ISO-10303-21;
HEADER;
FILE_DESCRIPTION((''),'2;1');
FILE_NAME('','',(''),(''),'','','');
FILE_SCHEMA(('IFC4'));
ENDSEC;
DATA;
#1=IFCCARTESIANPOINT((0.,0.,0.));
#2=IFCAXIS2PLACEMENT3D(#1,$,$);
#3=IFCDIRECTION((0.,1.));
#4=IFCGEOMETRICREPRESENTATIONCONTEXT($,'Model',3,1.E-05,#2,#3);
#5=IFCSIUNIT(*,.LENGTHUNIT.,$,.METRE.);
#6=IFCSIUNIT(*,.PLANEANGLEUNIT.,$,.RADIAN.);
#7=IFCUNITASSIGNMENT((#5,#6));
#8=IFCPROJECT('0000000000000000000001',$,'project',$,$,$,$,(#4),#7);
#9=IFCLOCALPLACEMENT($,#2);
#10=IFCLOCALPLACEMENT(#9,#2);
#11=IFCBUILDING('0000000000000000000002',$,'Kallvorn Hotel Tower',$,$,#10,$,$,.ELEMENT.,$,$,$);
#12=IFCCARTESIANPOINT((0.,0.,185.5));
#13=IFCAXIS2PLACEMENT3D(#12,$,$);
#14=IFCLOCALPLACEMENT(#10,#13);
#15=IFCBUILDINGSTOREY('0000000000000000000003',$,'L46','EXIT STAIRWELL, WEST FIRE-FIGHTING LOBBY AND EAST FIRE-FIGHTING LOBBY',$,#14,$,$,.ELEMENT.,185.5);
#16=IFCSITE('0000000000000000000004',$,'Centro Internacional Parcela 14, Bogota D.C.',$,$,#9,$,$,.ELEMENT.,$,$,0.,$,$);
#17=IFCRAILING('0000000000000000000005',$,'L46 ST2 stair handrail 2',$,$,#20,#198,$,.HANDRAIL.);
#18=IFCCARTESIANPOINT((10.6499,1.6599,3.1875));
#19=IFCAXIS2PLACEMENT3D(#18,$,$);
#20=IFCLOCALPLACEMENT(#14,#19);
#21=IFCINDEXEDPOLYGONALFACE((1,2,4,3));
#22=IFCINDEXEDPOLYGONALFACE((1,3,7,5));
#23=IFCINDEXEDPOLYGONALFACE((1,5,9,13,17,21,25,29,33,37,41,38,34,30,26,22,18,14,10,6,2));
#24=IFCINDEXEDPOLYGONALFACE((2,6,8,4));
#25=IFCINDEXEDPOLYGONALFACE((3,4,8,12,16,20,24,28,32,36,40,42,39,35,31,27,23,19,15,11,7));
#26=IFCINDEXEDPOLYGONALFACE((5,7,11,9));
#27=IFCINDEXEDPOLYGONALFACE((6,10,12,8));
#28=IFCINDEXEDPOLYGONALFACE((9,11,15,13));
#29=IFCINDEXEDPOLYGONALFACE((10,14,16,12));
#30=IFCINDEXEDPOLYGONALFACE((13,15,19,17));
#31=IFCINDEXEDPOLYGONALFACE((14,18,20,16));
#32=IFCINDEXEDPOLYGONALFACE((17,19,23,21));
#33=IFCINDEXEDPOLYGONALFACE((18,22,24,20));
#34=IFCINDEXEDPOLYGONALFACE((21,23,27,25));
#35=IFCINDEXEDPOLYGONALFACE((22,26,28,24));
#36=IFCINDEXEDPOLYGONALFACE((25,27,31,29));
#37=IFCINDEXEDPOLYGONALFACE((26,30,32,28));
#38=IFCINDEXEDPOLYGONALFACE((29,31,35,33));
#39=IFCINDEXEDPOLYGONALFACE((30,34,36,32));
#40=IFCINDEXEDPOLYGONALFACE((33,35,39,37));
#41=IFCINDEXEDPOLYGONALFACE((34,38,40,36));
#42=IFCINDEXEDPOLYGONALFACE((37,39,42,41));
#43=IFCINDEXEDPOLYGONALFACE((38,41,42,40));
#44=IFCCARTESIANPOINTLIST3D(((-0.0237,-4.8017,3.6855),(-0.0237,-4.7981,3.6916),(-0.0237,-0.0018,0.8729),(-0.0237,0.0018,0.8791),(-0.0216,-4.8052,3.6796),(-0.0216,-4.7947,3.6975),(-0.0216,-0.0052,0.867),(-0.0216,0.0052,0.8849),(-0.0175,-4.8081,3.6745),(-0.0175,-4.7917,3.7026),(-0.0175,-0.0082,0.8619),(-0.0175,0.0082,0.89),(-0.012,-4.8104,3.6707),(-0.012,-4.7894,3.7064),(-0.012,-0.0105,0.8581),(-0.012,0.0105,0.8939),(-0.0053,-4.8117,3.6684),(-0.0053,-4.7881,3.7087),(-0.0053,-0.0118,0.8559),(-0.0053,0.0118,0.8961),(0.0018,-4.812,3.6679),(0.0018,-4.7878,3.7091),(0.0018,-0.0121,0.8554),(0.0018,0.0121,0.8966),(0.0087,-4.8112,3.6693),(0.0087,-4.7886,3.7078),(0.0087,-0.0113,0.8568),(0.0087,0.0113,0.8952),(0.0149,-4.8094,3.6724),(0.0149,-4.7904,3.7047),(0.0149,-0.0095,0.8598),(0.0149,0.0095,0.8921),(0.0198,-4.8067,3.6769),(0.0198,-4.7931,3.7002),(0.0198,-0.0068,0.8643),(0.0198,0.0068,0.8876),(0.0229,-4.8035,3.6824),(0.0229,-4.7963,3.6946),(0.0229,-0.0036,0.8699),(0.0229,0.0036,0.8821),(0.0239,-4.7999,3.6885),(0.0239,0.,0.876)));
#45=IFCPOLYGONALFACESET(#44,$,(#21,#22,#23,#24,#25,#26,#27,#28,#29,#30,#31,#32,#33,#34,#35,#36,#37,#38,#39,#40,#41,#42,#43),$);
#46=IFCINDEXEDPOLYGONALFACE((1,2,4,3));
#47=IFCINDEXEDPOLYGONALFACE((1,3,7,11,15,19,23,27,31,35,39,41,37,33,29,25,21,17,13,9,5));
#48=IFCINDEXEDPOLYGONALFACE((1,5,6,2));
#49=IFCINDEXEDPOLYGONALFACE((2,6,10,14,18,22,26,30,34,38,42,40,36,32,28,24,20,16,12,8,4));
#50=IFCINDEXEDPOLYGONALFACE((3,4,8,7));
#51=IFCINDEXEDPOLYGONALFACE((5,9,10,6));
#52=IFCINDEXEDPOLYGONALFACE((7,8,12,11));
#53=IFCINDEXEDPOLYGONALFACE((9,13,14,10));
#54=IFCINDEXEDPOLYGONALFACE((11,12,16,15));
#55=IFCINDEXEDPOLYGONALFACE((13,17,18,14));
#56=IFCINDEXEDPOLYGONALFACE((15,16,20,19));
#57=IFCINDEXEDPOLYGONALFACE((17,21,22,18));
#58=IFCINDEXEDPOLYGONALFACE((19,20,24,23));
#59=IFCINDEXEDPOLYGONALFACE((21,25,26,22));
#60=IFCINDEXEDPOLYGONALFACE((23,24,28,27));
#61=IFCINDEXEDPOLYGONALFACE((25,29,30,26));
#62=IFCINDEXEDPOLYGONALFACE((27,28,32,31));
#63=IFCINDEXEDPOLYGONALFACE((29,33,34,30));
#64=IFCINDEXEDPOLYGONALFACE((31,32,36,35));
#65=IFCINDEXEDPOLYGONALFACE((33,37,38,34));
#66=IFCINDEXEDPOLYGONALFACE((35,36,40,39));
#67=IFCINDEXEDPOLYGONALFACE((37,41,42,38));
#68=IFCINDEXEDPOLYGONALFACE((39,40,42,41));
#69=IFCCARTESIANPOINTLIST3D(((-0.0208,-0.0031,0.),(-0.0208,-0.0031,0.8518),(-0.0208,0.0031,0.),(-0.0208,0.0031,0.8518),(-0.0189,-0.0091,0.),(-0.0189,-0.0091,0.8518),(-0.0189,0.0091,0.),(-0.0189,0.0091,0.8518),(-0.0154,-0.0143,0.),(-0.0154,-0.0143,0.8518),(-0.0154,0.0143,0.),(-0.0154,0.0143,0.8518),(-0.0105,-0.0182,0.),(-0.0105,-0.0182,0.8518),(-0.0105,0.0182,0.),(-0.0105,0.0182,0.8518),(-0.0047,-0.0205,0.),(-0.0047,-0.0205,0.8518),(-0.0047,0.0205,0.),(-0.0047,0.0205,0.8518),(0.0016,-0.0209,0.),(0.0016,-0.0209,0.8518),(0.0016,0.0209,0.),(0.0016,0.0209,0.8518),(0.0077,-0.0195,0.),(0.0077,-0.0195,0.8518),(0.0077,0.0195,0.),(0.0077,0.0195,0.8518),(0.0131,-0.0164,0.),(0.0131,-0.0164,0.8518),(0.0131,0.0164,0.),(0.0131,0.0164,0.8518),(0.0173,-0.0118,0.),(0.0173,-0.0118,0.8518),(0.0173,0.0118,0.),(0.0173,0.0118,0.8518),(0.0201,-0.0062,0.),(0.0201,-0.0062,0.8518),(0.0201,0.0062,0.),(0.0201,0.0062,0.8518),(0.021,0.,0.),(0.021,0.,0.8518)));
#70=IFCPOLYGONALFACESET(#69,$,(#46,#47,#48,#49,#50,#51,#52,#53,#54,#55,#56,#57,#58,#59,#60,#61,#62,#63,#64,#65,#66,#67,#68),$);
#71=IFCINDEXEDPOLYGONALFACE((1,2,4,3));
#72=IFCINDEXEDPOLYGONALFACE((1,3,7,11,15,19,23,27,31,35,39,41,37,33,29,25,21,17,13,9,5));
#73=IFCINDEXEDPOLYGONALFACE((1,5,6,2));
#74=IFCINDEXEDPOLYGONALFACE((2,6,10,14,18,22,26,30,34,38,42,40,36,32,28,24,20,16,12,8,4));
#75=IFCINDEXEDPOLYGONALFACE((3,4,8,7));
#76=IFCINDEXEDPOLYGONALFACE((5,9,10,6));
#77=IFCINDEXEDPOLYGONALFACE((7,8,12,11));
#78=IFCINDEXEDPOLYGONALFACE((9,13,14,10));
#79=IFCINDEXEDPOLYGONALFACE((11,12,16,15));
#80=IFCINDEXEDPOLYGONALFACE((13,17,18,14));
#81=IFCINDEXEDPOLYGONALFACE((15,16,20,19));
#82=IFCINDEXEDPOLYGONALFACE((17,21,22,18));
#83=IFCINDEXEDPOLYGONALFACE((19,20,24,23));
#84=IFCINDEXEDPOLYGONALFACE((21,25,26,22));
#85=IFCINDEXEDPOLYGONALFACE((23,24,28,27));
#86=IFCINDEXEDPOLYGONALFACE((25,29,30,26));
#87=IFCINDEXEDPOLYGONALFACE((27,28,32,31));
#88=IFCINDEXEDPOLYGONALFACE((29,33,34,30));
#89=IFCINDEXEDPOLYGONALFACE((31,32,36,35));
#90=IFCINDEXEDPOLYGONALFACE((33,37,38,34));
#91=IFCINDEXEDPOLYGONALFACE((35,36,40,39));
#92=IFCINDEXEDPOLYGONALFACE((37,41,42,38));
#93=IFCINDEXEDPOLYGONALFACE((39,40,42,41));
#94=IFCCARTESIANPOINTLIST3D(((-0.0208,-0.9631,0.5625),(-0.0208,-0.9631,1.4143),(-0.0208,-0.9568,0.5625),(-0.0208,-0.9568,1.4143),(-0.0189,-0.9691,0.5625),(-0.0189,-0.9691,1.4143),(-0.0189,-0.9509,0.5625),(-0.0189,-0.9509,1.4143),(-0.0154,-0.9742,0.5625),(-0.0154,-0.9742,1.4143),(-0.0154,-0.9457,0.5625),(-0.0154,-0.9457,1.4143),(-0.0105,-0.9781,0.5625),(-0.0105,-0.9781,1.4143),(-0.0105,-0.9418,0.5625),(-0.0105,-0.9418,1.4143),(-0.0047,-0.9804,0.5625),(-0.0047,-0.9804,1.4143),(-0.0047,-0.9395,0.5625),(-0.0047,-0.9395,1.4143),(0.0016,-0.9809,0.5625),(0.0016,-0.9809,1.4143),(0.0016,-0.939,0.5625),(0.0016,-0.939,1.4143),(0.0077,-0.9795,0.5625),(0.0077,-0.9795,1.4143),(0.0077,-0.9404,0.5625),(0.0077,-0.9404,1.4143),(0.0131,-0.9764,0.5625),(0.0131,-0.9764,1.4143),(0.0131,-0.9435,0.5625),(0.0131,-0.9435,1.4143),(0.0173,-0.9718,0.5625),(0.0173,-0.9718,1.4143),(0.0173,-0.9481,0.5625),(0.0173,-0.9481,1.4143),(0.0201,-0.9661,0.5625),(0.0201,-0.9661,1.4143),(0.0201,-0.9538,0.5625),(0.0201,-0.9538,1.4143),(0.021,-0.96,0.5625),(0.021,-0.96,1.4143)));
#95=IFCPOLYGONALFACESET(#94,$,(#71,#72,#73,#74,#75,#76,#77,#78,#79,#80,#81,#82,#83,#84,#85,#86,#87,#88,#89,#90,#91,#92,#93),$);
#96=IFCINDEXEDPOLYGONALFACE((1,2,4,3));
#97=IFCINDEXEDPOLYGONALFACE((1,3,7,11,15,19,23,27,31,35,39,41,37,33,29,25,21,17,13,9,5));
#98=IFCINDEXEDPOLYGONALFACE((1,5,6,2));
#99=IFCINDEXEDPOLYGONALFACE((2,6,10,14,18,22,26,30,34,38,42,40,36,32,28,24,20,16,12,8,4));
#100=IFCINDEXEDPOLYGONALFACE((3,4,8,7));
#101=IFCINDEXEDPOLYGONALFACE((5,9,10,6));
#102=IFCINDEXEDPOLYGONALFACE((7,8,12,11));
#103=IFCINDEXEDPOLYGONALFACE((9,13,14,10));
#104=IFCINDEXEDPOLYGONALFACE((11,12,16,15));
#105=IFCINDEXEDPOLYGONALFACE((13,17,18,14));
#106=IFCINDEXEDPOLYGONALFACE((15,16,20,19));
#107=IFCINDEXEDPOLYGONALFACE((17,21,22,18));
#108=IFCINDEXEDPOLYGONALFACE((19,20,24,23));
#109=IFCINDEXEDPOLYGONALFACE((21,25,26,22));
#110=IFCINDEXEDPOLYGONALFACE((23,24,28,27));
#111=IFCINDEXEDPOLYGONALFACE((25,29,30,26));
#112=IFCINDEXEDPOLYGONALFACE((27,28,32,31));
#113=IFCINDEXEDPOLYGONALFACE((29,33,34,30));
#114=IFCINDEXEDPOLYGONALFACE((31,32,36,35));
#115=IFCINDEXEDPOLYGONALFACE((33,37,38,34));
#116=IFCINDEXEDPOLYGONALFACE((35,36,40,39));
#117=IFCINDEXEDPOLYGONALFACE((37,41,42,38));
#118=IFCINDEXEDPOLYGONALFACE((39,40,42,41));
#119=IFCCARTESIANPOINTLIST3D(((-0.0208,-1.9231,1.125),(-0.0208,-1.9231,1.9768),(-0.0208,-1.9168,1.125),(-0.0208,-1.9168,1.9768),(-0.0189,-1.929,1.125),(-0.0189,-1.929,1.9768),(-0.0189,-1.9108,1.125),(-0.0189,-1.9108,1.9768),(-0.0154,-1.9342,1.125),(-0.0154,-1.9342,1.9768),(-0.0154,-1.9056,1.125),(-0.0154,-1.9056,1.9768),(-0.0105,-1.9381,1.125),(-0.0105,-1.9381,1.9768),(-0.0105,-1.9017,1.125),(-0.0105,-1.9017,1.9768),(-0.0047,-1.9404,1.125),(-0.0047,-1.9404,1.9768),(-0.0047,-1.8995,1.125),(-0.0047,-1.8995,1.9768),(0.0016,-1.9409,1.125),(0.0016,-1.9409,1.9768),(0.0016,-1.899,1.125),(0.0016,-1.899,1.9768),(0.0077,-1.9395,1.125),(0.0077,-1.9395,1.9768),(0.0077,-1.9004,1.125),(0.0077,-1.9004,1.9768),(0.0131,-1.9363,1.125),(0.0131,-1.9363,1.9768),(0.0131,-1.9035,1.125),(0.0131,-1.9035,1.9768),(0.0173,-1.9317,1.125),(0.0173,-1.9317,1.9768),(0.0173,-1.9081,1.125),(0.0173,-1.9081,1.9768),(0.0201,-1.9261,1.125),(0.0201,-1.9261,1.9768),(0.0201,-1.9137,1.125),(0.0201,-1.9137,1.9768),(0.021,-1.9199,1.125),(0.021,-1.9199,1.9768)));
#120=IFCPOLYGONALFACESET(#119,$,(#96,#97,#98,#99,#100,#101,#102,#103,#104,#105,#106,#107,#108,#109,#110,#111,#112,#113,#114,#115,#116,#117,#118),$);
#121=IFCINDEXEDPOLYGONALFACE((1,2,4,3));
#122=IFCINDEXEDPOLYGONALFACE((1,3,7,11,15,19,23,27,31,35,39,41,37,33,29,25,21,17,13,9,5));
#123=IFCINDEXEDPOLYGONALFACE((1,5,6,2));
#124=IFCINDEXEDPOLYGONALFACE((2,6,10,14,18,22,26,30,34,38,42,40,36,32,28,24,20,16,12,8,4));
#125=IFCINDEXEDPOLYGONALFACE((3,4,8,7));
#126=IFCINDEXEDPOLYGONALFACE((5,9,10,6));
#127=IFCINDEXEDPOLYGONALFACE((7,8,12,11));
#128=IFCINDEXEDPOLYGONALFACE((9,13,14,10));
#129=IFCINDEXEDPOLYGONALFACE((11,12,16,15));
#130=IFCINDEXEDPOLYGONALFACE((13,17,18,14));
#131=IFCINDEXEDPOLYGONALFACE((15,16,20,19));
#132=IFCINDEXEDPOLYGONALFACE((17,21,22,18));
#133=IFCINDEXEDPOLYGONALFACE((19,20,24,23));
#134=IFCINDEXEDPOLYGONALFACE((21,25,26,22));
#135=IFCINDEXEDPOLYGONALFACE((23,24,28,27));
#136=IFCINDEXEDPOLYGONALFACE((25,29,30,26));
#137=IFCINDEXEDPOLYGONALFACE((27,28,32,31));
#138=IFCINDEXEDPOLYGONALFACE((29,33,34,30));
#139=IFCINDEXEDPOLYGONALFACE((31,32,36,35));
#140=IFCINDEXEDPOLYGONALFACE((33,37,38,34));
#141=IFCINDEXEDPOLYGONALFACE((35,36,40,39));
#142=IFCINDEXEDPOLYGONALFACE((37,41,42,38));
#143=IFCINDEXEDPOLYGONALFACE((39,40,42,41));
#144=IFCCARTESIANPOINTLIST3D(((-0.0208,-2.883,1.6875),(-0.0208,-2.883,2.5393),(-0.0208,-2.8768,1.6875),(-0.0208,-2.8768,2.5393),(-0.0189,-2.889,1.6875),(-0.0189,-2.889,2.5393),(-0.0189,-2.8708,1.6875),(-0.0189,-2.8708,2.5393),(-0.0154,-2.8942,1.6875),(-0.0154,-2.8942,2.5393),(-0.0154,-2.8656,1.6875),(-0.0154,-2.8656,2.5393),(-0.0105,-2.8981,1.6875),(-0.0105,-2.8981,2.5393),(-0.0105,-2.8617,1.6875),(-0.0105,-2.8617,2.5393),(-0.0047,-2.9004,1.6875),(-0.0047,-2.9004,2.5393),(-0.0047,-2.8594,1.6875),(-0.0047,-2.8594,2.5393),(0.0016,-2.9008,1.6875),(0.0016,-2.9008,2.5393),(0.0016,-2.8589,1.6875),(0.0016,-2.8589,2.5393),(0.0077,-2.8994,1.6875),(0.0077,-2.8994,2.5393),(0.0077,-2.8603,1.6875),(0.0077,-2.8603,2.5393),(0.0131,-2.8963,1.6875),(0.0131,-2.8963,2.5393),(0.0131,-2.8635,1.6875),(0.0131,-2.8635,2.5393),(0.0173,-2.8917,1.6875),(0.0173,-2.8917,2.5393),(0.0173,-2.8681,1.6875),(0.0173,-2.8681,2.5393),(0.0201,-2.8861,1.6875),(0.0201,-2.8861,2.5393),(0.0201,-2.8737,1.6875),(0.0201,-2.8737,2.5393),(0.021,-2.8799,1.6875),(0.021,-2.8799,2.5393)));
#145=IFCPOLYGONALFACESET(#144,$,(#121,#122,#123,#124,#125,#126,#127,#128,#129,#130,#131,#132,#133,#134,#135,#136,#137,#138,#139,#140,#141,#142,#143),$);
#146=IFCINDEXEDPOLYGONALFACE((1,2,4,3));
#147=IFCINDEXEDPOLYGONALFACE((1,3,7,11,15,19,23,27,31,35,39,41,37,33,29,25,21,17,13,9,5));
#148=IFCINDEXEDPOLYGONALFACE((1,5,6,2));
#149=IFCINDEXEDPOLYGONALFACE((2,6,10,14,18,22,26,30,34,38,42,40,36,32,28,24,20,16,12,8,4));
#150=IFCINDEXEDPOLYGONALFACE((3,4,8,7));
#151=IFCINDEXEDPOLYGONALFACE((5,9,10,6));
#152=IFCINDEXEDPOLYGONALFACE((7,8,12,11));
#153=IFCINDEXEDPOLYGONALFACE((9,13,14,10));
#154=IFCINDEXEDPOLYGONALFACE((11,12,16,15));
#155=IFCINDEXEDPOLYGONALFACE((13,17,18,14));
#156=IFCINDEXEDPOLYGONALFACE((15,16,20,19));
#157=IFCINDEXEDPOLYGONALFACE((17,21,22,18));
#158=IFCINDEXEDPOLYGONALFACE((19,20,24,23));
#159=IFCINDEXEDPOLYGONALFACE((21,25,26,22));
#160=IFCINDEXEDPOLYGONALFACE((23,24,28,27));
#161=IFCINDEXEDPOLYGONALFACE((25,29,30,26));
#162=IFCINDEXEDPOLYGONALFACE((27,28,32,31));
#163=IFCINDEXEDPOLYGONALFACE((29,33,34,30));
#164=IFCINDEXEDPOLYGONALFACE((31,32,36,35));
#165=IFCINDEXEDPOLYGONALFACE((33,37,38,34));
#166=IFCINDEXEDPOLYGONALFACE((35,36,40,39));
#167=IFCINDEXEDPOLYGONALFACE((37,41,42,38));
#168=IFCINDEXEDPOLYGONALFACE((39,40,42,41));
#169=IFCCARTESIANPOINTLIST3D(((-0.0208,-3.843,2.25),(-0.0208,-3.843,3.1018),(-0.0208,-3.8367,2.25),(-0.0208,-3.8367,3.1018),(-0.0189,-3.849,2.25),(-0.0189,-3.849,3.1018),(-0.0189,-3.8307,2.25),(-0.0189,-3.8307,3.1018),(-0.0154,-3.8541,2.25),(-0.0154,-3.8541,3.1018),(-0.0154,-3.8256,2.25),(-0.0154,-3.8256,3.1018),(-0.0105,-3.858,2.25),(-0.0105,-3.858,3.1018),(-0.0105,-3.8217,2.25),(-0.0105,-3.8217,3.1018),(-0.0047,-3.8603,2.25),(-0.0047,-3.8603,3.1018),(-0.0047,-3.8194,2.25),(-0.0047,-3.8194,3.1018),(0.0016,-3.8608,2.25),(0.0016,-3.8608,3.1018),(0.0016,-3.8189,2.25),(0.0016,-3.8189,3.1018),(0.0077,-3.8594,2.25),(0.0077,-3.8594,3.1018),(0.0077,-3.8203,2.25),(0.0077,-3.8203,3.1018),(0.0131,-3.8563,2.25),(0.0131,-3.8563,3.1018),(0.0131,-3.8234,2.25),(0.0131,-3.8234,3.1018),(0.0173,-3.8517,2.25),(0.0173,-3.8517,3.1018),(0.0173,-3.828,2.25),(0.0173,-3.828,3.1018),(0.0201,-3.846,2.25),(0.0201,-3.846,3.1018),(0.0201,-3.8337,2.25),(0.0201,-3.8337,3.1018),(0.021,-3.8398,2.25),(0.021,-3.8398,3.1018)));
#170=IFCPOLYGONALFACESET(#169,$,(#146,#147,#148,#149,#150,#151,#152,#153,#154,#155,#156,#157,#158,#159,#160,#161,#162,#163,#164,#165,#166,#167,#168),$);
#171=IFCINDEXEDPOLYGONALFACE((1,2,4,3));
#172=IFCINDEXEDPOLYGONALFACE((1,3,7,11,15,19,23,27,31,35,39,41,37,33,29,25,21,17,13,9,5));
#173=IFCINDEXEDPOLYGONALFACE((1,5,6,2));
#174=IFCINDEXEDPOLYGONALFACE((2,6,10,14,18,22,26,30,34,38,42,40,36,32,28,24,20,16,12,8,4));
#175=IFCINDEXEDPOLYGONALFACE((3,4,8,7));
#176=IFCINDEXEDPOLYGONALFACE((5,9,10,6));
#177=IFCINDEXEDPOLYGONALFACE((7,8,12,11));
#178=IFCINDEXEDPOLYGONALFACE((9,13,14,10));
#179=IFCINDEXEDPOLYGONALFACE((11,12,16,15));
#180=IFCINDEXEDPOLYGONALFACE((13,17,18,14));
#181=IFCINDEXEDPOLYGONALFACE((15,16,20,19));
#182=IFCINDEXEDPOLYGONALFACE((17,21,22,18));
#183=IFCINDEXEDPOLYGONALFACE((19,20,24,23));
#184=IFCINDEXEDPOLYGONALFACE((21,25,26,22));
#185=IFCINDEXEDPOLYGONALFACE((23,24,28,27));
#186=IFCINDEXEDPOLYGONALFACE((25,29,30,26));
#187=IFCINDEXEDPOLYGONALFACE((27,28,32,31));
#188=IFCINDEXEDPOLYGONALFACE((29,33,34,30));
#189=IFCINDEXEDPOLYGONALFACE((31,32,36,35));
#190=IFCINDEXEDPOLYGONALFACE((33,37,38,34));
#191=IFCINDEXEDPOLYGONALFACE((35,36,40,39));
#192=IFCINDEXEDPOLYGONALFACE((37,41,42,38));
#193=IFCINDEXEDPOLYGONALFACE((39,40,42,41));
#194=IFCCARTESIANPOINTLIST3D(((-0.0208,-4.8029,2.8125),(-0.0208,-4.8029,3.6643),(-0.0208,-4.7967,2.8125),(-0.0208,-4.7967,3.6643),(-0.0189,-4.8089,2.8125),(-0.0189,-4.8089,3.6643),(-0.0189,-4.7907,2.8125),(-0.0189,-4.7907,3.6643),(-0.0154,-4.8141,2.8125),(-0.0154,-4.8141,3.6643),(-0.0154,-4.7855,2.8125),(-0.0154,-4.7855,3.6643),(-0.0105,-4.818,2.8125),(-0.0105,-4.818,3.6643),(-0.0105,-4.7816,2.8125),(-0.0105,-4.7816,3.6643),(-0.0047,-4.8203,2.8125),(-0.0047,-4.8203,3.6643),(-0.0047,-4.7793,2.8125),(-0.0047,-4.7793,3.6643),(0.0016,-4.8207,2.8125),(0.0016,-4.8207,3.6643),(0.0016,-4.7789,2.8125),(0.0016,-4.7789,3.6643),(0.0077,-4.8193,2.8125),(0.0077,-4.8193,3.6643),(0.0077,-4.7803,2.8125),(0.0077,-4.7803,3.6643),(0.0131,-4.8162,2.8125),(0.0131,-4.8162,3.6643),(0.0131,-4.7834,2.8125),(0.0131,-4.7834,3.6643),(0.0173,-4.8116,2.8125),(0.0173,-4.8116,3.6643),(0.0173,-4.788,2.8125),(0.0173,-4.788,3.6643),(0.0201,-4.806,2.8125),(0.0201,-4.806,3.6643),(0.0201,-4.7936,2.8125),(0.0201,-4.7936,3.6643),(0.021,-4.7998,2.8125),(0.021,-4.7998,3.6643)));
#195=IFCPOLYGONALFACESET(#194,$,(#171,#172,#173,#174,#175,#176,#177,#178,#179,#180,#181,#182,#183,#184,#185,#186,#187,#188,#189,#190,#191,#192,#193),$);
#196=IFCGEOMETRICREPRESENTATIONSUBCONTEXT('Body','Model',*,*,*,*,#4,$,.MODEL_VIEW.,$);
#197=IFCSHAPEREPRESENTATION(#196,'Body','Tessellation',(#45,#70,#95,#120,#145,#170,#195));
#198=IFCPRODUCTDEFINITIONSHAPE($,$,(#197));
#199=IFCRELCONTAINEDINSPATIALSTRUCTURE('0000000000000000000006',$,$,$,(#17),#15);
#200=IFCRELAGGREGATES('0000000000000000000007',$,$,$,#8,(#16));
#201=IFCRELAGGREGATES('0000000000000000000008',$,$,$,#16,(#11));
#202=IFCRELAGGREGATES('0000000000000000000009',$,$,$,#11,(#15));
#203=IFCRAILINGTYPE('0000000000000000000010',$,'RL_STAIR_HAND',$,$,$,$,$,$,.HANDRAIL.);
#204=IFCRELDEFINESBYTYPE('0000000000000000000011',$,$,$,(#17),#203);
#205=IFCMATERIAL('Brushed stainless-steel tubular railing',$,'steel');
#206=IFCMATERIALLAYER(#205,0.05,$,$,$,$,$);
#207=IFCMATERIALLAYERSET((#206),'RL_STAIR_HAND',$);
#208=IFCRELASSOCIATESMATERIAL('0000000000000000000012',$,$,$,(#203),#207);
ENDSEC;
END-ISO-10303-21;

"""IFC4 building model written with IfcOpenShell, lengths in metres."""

from ifc_helpers import new_model, si_unit, direction, frame, origin, origin_2d, place, context, subcontext, project, spatial, circle, extrude, material, layer, layer_set, type_object, element, save


model = new_model("IFC4")

# Units and contexts
model_context = context("Model", 3, precision=1e-05, world=origin(), true_north=direction((0.0, 1.0)))
body_context = subcontext(model_context, "Body", "Model", "MODEL_VIEW")
ifc_project = project(units=[si_unit("LENGTHUNIT", "METRE"), si_unit("PLANEANGLEUNIT", "RADIAN")], contexts=[model_context])

# Site, building, storey
site_placement = place(None, origin())
site = spatial("IfcSite", under=ifc_project, at=site_placement, Name="Centro Internacional Parcela 14, Bogota D.C.", CompositionType="ELEMENT", RefElevation=0.0)
building_placement = place(site_placement, origin())
building = spatial("IfcBuilding", under=site, at=building_placement, Name="Kallvorn Hotel Tower", CompositionType="ELEMENT")
storey_placement = place(building_placement, frame((0.0, 0.0, 185.5)))
storey = spatial("IfcBuildingStorey", under=building, at=storey_placement, Name="L46", Description="EXIT STAIRWELL, WEST FIRE-FIGHTING LOBBY AND EAST FIRE-FIGHTING LOBBY", CompositionType="ELEMENT", Elevation=185.5)

# Railing
ifc_material_1 = material(Name="Brushed stainless-steel tubular railing", Category="steel")
ifc_layer_1 = layer(ifc_material_1, 0.05)
ifc_layer_set_1 = layer_set([ifc_layer_1], Name="RL_STAIR_HAND")
railing_type_1 = type_object("IfcRailingType", Name="RL_STAIR_HAND", PredefinedType="HANDRAIL", material=ifc_layer_set_1)
railing_1_placement = place(storey_placement, frame((10.6499, 1.6599, 3.1875)))
element("IfcRailing", 1, at=railing_1_placement, inside=storey, type_object=railing_type_1, Name="L46 ST2 stair handrail 2", PredefinedType="HANDRAIL", context=body_context, shape_type="SweptSolid", body=[
    extrude(circle(Radius=0.0239, at=origin_2d()), frame((0.0, 0.0, 0.876), z_axis=(0.0, -0.86279, 0.505562), x_axis=(1.0, 0.0, 0.0)), (0.0, 0.0, 1.0), 5.5632),
    extrude(circle(Radius=0.021, at=origin_2d()), origin(), (0.0, 0.0, 1.0), 0.8518),
    extrude(circle(Radius=0.021, at=origin_2d()), frame((0.0, -0.96, 0.5625)), (0.0, 0.0, 1.0), 0.8518),
    extrude(circle(Radius=0.021, at=origin_2d()), frame((0.0, -1.9199, 1.125)), (0.0, 0.0, 1.0), 0.8518),
    extrude(circle(Radius=0.021, at=origin_2d()), frame((0.0, -2.8799, 1.6875)), (0.0, 0.0, 1.0), 0.8518),
    extrude(circle(Radius=0.021, at=origin_2d()), frame((0.0, -3.8398, 2.25)), (0.0, 0.0, 1.0), 0.8518),
    extrude(circle(Radius=0.021, at=origin_2d()), frame((0.0, -4.7998, 2.8125)), (0.0, 0.0, 1.0), 0.8518),
])

save(model, "model.ifc")
